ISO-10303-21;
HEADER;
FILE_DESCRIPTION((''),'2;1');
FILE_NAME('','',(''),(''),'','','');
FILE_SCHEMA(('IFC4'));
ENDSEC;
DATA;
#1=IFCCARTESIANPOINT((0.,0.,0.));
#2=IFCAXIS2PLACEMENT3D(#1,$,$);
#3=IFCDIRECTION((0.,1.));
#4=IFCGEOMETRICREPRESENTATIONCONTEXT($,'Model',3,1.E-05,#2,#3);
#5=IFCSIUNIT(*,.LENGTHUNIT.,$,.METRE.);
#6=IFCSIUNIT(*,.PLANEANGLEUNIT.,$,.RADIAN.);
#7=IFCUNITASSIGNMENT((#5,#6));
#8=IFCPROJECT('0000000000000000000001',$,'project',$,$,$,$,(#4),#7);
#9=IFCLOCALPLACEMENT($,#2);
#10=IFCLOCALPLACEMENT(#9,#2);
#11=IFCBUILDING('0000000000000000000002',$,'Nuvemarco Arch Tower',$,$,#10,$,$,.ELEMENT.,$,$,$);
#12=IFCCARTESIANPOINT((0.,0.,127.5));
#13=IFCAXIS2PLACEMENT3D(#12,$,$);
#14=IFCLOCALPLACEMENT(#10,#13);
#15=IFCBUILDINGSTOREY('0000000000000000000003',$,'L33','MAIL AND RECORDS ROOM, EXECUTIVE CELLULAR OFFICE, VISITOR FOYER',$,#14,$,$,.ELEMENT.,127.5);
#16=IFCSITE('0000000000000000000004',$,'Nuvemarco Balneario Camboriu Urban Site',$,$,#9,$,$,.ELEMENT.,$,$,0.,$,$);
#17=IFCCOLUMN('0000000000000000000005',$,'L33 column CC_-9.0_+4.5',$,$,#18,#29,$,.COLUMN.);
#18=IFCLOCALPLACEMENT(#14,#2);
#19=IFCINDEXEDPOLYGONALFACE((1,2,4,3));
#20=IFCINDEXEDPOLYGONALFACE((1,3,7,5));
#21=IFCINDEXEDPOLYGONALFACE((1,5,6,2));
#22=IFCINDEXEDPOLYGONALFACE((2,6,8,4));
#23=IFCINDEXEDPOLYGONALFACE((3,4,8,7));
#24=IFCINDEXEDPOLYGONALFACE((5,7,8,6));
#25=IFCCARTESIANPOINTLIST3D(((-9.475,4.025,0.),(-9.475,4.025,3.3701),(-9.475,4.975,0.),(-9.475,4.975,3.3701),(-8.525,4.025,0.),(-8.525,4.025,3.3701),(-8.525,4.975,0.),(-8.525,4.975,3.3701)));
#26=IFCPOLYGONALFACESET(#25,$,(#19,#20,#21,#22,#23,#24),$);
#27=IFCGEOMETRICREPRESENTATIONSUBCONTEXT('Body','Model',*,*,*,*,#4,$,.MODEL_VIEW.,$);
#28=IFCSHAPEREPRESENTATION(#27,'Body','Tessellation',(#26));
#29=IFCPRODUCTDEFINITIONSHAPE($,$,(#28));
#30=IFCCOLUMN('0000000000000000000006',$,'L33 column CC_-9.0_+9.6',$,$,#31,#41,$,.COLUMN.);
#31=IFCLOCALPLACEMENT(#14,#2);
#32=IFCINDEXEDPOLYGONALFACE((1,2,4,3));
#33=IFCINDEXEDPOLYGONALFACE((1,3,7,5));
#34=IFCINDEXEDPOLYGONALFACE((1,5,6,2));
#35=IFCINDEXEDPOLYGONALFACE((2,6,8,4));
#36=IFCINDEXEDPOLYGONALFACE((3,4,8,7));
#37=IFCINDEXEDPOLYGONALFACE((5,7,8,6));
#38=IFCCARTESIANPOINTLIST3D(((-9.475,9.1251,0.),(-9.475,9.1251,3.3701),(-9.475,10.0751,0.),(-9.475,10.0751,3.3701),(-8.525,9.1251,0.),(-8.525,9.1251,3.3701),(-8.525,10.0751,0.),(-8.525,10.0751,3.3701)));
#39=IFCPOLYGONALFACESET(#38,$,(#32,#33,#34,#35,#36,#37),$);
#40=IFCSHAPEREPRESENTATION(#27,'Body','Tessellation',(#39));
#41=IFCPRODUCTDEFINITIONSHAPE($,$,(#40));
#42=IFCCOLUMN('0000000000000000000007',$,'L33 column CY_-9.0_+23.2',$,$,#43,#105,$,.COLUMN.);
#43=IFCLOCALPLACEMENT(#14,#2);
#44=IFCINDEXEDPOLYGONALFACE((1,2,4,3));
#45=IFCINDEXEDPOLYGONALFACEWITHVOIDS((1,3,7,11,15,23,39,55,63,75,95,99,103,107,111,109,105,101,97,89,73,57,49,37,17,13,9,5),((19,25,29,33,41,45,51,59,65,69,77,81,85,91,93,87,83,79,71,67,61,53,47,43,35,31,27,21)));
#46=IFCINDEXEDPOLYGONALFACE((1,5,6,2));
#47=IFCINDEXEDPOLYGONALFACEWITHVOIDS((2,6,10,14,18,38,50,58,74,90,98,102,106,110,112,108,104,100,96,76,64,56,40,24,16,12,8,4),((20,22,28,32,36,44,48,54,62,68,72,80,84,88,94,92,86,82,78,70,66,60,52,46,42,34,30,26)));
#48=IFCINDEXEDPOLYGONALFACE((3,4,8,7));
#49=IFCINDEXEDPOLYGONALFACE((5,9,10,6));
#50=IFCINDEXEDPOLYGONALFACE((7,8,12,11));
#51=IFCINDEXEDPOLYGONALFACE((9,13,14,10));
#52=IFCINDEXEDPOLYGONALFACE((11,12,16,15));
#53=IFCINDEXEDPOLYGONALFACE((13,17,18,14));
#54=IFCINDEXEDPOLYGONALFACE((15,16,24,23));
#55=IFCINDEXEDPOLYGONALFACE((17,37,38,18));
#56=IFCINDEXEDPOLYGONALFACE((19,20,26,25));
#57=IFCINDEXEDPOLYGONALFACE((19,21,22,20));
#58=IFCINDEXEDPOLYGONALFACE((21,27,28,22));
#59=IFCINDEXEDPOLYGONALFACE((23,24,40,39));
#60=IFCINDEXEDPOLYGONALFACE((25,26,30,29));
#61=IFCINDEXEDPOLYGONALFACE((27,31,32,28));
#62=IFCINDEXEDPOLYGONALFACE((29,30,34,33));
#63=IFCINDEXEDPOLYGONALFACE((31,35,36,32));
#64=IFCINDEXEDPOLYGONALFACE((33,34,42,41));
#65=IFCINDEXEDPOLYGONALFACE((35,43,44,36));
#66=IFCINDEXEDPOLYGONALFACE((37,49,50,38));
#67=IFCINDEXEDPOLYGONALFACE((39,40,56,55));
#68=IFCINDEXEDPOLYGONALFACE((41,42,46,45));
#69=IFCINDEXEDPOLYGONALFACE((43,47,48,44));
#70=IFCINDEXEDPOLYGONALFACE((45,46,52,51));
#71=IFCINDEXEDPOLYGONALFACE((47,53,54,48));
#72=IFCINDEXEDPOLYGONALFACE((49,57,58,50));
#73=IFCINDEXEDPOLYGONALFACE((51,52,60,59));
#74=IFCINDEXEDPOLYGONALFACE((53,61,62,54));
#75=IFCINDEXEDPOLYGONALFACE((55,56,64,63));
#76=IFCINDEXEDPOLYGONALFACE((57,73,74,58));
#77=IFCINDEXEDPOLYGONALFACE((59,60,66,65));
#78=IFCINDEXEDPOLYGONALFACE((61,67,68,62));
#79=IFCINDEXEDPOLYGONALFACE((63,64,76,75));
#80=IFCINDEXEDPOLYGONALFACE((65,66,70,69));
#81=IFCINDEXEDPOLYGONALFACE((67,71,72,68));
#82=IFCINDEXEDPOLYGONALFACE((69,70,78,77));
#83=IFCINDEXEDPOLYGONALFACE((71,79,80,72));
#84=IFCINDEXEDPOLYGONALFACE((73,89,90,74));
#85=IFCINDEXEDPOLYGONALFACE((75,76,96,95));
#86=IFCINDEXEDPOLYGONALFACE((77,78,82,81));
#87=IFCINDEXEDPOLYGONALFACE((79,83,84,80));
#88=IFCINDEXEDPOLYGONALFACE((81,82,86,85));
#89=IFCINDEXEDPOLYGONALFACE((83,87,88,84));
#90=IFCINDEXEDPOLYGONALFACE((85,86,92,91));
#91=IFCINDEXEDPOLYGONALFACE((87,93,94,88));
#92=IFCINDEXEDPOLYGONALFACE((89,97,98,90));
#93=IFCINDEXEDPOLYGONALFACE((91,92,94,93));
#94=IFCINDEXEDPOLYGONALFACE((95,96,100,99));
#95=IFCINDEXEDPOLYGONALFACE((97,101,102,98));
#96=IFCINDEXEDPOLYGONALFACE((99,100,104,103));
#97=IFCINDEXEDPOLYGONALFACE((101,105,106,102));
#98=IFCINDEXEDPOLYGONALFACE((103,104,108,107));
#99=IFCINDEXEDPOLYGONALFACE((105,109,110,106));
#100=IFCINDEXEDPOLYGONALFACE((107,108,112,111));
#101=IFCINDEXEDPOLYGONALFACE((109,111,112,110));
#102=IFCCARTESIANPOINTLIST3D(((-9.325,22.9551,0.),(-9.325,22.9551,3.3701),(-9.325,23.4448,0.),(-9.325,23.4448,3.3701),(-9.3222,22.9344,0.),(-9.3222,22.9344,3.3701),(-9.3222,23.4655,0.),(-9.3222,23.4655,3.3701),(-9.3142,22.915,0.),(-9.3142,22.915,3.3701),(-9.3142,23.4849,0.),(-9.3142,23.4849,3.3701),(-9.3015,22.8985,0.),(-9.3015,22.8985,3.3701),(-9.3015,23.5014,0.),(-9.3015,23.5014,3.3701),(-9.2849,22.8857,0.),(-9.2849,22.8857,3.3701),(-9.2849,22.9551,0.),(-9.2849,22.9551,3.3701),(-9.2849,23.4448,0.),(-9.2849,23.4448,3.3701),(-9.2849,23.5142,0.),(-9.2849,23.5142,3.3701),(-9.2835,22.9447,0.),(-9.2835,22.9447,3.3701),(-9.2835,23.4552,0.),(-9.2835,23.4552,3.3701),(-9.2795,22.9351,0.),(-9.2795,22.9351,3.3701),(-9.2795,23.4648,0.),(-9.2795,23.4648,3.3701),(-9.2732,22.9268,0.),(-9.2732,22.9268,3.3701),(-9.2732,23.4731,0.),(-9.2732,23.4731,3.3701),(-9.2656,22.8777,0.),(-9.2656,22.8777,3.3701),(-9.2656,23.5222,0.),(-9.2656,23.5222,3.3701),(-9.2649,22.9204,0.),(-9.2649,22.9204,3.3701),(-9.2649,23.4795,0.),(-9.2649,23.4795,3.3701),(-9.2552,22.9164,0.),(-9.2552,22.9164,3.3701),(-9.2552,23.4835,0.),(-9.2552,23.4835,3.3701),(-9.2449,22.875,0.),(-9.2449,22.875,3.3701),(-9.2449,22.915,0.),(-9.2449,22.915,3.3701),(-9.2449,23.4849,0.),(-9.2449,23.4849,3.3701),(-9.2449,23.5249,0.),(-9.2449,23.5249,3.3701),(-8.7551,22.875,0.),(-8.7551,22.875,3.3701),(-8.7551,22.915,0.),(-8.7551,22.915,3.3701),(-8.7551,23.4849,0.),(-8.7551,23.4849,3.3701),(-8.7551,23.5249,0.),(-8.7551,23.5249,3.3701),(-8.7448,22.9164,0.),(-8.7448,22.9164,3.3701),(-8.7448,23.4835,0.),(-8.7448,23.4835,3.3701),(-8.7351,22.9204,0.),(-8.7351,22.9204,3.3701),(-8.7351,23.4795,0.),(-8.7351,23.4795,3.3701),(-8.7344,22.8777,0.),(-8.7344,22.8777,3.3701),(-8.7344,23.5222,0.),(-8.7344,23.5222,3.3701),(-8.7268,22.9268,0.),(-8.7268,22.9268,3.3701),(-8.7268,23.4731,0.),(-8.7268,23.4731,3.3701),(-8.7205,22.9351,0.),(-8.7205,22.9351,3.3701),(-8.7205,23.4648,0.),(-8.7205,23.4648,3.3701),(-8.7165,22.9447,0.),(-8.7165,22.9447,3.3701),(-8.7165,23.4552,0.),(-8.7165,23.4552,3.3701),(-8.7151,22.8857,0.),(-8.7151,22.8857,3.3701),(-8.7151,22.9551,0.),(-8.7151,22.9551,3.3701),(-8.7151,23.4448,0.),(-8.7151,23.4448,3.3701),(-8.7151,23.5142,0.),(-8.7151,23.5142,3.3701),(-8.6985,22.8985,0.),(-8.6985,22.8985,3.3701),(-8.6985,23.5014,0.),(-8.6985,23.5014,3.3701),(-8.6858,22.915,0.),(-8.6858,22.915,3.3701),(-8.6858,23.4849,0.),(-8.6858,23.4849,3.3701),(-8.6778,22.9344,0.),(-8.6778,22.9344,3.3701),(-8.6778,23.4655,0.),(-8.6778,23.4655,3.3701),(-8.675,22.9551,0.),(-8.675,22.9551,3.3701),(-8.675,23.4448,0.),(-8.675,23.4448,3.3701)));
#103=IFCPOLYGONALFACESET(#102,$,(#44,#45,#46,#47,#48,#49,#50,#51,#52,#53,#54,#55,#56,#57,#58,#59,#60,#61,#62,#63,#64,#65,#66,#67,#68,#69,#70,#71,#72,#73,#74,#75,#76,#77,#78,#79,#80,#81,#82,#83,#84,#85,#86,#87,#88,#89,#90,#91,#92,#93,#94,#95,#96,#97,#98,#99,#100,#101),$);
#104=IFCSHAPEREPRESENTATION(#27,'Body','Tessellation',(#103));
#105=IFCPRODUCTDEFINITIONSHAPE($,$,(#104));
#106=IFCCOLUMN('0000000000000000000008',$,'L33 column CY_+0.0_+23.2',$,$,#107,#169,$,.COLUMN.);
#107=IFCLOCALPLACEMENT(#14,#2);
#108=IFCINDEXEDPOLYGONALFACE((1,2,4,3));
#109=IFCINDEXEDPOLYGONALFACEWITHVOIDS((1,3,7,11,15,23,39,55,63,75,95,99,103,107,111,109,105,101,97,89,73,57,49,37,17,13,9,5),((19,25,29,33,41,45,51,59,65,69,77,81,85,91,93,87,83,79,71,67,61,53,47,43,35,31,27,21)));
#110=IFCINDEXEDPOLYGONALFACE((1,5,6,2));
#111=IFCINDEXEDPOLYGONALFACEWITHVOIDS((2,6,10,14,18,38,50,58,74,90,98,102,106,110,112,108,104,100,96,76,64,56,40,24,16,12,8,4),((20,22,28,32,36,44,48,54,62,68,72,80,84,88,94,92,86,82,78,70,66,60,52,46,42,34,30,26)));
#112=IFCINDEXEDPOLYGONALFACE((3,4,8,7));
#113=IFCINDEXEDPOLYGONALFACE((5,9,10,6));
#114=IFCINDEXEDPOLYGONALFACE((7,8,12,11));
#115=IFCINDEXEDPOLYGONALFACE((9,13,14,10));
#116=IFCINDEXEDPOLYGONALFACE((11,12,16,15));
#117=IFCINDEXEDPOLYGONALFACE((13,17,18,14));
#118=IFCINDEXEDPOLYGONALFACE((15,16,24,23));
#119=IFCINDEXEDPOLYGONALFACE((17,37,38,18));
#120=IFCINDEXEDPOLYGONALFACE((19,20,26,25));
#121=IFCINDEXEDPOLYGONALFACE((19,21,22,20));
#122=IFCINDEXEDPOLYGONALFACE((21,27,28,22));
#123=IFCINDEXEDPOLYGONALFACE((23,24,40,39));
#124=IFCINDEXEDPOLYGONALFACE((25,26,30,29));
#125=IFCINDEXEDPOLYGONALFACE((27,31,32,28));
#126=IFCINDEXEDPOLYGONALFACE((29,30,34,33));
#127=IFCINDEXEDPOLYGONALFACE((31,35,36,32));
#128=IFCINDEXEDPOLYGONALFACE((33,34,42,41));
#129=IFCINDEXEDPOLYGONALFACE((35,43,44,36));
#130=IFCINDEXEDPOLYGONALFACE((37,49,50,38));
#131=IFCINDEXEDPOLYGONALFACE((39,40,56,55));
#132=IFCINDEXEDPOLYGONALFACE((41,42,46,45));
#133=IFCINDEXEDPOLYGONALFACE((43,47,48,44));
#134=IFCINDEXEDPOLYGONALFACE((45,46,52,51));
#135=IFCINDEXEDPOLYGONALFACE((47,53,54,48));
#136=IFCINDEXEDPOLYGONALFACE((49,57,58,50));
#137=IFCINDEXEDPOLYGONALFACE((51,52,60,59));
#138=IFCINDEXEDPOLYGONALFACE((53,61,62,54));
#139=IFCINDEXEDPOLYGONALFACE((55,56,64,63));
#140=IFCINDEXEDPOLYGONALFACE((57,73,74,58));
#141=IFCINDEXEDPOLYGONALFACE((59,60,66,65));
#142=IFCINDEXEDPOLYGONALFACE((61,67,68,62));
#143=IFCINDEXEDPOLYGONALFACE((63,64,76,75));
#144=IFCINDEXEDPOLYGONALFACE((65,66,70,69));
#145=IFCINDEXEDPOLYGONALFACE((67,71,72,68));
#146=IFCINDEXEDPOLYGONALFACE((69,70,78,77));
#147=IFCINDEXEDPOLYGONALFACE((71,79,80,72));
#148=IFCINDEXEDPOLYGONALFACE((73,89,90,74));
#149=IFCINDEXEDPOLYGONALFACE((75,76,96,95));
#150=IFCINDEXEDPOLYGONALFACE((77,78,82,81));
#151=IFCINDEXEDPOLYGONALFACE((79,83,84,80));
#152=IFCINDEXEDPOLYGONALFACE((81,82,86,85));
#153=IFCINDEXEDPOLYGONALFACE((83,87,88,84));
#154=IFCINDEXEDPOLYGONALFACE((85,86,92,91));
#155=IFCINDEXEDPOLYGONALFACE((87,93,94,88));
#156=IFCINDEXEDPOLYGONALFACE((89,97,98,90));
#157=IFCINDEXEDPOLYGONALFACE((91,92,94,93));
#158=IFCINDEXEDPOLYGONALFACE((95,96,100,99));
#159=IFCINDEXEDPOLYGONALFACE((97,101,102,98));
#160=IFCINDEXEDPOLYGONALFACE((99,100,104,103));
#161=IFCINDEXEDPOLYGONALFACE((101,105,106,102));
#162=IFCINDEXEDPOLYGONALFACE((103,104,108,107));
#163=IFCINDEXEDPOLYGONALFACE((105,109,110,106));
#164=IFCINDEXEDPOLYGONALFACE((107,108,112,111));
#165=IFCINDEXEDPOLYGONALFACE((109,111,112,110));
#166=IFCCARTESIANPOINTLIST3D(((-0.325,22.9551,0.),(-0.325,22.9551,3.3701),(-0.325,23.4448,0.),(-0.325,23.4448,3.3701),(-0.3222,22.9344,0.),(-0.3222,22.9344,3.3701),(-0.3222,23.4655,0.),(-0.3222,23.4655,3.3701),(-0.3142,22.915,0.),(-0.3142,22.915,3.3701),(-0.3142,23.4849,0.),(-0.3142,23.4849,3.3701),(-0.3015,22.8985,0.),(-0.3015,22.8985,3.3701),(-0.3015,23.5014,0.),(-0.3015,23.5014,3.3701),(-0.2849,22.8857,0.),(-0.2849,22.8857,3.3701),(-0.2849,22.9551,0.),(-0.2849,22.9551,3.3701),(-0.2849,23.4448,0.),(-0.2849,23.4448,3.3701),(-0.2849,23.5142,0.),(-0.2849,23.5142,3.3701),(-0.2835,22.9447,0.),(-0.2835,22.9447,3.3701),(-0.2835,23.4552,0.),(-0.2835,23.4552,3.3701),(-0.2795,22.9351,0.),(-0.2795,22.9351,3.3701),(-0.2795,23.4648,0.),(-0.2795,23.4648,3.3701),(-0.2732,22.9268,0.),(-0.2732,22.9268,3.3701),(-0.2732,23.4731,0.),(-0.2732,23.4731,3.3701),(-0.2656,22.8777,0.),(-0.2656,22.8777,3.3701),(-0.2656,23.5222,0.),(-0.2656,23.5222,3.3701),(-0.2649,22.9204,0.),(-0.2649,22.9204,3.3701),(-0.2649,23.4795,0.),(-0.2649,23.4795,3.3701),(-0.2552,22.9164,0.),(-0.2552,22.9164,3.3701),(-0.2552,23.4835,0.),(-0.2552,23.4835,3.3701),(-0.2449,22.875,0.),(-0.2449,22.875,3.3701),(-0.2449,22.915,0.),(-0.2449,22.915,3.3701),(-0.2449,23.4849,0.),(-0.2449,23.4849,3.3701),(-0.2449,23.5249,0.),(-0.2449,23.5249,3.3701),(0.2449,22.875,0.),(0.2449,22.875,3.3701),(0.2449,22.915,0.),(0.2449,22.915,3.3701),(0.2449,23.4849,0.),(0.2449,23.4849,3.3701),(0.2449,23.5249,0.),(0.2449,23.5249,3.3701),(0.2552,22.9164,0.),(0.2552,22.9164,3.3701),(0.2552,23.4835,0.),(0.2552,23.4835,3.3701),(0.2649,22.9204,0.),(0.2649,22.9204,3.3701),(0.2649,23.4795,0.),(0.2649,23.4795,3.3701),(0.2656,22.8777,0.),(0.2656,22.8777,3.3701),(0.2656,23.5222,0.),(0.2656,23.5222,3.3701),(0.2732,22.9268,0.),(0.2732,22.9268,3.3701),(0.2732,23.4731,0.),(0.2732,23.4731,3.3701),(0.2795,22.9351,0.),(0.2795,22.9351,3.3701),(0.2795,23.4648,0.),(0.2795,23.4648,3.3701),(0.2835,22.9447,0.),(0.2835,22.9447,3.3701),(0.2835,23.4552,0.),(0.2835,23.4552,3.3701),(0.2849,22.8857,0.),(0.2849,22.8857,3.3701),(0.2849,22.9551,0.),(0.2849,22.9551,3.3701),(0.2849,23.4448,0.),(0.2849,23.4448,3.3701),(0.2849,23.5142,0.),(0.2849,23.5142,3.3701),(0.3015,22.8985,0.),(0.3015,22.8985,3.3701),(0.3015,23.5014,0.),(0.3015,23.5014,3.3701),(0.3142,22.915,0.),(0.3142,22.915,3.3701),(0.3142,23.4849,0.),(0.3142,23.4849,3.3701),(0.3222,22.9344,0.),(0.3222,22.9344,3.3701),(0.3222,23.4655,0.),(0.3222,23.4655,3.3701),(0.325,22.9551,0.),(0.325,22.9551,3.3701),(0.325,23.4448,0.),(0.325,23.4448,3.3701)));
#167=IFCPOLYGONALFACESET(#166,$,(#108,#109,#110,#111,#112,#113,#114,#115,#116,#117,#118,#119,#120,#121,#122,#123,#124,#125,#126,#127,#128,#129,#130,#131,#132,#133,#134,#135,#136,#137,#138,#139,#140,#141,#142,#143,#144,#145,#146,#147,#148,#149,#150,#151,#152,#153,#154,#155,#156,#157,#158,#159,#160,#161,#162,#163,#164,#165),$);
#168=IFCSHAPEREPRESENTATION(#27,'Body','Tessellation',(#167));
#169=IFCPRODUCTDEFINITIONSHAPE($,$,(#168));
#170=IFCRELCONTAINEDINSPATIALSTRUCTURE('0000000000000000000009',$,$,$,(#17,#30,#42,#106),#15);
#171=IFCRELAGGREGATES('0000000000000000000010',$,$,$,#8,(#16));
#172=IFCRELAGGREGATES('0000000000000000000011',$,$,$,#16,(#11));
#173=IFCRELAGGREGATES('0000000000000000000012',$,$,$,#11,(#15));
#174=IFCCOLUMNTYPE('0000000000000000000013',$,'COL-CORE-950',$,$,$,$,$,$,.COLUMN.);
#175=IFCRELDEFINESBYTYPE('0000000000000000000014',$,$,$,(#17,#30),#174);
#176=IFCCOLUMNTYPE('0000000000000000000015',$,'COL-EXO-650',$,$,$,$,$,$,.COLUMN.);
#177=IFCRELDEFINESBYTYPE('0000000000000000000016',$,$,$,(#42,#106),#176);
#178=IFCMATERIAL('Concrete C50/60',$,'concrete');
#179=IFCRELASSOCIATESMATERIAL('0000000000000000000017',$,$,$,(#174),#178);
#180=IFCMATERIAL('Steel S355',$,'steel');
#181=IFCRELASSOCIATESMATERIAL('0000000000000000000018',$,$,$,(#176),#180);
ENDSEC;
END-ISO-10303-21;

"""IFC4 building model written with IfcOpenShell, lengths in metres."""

from ifc_helpers import new_model, si_unit, direction, frame, origin, origin_2d, place, context, subcontext, project, spatial, rectangle, hollow_rectangle, extrude, material, material_profile, profile_set, type_object, element, save


model = new_model("IFC4")

# Units and contexts
model_context = context("Model", 3, precision=1e-05, world=origin(), true_north=direction((0.0, 1.0)))
body_context = subcontext(model_context, "Body", "Model", "MODEL_VIEW")
ifc_project = project(units=[si_unit("LENGTHUNIT", "METRE"), si_unit("PLANEANGLEUNIT", "RADIAN")], contexts=[model_context])

# Site, building, storey
site_placement = place(None, origin())
site = spatial("IfcSite", under=ifc_project, at=site_placement, Name="Nuvemarco Balneario Camboriu Urban Site", CompositionType="ELEMENT", RefElevation=0.0)
building_placement = place(site_placement, origin())
building = spatial("IfcBuilding", under=site, at=building_placement, Name="Nuvemarco Arch Tower", CompositionType="ELEMENT")
storey_placement = place(building_placement, frame((0.0, 0.0, 127.5)))
storey = spatial("IfcBuildingStorey", under=building, at=storey_placement, Name="L33", Description="MAIL AND RECORDS ROOM, EXECUTIVE CELLULAR OFFICE, VISITOR FOYER", CompositionType="ELEMENT", Elevation=127.5)

# Columns
ifc_material_1 = material(Name="Concrete C50/60", Category="concrete")
ifc_material_profile_1 = material_profile(ifc_material_1, rectangle(XDim=0.95, YDim=0.95, at=origin_2d()), Name="RC-COL-950x950")
ifc_profile_set_1 = profile_set([ifc_material_profile_1], Name="Concrete C50/60")
column_type_1 = type_object("IfcColumnType", Name="COL-CORE-950", PredefinedType="COLUMN", material=ifc_profile_set_1)
for number, where, z_axis, x_axis, name in (
    (1, (-9.0, 4.5, 0.0), (0.0, 0.0, 1.0), (1.0, 0.0, 0.0), "L33 column CC_-9.0_+4.5"),
    (2, (-9.0, 9.6001, 0.0), (0.0, 0.0, 1.0), (1.0, 0.0, 0.0), "L33 column CC_-9.0_+9.6"),
):
    element("IfcColumn", number, at=place(storey_placement, frame(where, z_axis=z_axis, x_axis=x_axis)), inside=storey, type_object=column_type_1, Name=name, PredefinedType="COLUMN", context=body_context, shape_type="SweptSolid", body=[
        extrude(rectangle(XDim=0.95, YDim=0.95, at=origin_2d()), origin(), (0.0, 0.0, 1.0), 3.3701),
    ])
ifc_material_2 = material(Name="Steel S355", Category="steel")
ifc_material_profile_2 = material_profile(ifc_material_2, hollow_rectangle(XDim=0.6499, YDim=0.6499, WallThickness=0.04, InnerFilletRadius=0.04, OuterFilletRadius=0.0801, at=origin_2d()), Name="SHS650x650x40")
ifc_profile_set_2 = profile_set([ifc_material_profile_2], Name="Steel S355")
column_type_2 = type_object("IfcColumnType", Name="COL-EXO-650", PredefinedType="COLUMN", material=ifc_profile_set_2)
for number, where, z_axis, x_axis, name in (
    (3, (-9.0, 23.2, 0.0), (0.0, 0.0, 1.0), (1.0, 0.0, 0.0), "L33 column CY_-9.0_+23.2"),
    (4, (0.0, 23.2, 0.0), (0.0, 0.0, 1.0), (1.0, 0.0, 0.0), "L33 column CY_+0.0_+23.2"),
):
    element("IfcColumn", number, at=place(storey_placement, frame(where, z_axis=z_axis, x_axis=x_axis)), inside=storey, type_object=column_type_2, Name=name, PredefinedType="COLUMN", context=body_context, shape_type="SweptSolid", body=[
        extrude(hollow_rectangle(XDim=0.6499, YDim=0.6499, WallThickness=0.04, InnerFilletRadius=0.04, OuterFilletRadius=0.0801, at=origin_2d()), origin(), (0.0, 0.0, 1.0), 3.3701),
    ])

save(model, "model.ifc")
